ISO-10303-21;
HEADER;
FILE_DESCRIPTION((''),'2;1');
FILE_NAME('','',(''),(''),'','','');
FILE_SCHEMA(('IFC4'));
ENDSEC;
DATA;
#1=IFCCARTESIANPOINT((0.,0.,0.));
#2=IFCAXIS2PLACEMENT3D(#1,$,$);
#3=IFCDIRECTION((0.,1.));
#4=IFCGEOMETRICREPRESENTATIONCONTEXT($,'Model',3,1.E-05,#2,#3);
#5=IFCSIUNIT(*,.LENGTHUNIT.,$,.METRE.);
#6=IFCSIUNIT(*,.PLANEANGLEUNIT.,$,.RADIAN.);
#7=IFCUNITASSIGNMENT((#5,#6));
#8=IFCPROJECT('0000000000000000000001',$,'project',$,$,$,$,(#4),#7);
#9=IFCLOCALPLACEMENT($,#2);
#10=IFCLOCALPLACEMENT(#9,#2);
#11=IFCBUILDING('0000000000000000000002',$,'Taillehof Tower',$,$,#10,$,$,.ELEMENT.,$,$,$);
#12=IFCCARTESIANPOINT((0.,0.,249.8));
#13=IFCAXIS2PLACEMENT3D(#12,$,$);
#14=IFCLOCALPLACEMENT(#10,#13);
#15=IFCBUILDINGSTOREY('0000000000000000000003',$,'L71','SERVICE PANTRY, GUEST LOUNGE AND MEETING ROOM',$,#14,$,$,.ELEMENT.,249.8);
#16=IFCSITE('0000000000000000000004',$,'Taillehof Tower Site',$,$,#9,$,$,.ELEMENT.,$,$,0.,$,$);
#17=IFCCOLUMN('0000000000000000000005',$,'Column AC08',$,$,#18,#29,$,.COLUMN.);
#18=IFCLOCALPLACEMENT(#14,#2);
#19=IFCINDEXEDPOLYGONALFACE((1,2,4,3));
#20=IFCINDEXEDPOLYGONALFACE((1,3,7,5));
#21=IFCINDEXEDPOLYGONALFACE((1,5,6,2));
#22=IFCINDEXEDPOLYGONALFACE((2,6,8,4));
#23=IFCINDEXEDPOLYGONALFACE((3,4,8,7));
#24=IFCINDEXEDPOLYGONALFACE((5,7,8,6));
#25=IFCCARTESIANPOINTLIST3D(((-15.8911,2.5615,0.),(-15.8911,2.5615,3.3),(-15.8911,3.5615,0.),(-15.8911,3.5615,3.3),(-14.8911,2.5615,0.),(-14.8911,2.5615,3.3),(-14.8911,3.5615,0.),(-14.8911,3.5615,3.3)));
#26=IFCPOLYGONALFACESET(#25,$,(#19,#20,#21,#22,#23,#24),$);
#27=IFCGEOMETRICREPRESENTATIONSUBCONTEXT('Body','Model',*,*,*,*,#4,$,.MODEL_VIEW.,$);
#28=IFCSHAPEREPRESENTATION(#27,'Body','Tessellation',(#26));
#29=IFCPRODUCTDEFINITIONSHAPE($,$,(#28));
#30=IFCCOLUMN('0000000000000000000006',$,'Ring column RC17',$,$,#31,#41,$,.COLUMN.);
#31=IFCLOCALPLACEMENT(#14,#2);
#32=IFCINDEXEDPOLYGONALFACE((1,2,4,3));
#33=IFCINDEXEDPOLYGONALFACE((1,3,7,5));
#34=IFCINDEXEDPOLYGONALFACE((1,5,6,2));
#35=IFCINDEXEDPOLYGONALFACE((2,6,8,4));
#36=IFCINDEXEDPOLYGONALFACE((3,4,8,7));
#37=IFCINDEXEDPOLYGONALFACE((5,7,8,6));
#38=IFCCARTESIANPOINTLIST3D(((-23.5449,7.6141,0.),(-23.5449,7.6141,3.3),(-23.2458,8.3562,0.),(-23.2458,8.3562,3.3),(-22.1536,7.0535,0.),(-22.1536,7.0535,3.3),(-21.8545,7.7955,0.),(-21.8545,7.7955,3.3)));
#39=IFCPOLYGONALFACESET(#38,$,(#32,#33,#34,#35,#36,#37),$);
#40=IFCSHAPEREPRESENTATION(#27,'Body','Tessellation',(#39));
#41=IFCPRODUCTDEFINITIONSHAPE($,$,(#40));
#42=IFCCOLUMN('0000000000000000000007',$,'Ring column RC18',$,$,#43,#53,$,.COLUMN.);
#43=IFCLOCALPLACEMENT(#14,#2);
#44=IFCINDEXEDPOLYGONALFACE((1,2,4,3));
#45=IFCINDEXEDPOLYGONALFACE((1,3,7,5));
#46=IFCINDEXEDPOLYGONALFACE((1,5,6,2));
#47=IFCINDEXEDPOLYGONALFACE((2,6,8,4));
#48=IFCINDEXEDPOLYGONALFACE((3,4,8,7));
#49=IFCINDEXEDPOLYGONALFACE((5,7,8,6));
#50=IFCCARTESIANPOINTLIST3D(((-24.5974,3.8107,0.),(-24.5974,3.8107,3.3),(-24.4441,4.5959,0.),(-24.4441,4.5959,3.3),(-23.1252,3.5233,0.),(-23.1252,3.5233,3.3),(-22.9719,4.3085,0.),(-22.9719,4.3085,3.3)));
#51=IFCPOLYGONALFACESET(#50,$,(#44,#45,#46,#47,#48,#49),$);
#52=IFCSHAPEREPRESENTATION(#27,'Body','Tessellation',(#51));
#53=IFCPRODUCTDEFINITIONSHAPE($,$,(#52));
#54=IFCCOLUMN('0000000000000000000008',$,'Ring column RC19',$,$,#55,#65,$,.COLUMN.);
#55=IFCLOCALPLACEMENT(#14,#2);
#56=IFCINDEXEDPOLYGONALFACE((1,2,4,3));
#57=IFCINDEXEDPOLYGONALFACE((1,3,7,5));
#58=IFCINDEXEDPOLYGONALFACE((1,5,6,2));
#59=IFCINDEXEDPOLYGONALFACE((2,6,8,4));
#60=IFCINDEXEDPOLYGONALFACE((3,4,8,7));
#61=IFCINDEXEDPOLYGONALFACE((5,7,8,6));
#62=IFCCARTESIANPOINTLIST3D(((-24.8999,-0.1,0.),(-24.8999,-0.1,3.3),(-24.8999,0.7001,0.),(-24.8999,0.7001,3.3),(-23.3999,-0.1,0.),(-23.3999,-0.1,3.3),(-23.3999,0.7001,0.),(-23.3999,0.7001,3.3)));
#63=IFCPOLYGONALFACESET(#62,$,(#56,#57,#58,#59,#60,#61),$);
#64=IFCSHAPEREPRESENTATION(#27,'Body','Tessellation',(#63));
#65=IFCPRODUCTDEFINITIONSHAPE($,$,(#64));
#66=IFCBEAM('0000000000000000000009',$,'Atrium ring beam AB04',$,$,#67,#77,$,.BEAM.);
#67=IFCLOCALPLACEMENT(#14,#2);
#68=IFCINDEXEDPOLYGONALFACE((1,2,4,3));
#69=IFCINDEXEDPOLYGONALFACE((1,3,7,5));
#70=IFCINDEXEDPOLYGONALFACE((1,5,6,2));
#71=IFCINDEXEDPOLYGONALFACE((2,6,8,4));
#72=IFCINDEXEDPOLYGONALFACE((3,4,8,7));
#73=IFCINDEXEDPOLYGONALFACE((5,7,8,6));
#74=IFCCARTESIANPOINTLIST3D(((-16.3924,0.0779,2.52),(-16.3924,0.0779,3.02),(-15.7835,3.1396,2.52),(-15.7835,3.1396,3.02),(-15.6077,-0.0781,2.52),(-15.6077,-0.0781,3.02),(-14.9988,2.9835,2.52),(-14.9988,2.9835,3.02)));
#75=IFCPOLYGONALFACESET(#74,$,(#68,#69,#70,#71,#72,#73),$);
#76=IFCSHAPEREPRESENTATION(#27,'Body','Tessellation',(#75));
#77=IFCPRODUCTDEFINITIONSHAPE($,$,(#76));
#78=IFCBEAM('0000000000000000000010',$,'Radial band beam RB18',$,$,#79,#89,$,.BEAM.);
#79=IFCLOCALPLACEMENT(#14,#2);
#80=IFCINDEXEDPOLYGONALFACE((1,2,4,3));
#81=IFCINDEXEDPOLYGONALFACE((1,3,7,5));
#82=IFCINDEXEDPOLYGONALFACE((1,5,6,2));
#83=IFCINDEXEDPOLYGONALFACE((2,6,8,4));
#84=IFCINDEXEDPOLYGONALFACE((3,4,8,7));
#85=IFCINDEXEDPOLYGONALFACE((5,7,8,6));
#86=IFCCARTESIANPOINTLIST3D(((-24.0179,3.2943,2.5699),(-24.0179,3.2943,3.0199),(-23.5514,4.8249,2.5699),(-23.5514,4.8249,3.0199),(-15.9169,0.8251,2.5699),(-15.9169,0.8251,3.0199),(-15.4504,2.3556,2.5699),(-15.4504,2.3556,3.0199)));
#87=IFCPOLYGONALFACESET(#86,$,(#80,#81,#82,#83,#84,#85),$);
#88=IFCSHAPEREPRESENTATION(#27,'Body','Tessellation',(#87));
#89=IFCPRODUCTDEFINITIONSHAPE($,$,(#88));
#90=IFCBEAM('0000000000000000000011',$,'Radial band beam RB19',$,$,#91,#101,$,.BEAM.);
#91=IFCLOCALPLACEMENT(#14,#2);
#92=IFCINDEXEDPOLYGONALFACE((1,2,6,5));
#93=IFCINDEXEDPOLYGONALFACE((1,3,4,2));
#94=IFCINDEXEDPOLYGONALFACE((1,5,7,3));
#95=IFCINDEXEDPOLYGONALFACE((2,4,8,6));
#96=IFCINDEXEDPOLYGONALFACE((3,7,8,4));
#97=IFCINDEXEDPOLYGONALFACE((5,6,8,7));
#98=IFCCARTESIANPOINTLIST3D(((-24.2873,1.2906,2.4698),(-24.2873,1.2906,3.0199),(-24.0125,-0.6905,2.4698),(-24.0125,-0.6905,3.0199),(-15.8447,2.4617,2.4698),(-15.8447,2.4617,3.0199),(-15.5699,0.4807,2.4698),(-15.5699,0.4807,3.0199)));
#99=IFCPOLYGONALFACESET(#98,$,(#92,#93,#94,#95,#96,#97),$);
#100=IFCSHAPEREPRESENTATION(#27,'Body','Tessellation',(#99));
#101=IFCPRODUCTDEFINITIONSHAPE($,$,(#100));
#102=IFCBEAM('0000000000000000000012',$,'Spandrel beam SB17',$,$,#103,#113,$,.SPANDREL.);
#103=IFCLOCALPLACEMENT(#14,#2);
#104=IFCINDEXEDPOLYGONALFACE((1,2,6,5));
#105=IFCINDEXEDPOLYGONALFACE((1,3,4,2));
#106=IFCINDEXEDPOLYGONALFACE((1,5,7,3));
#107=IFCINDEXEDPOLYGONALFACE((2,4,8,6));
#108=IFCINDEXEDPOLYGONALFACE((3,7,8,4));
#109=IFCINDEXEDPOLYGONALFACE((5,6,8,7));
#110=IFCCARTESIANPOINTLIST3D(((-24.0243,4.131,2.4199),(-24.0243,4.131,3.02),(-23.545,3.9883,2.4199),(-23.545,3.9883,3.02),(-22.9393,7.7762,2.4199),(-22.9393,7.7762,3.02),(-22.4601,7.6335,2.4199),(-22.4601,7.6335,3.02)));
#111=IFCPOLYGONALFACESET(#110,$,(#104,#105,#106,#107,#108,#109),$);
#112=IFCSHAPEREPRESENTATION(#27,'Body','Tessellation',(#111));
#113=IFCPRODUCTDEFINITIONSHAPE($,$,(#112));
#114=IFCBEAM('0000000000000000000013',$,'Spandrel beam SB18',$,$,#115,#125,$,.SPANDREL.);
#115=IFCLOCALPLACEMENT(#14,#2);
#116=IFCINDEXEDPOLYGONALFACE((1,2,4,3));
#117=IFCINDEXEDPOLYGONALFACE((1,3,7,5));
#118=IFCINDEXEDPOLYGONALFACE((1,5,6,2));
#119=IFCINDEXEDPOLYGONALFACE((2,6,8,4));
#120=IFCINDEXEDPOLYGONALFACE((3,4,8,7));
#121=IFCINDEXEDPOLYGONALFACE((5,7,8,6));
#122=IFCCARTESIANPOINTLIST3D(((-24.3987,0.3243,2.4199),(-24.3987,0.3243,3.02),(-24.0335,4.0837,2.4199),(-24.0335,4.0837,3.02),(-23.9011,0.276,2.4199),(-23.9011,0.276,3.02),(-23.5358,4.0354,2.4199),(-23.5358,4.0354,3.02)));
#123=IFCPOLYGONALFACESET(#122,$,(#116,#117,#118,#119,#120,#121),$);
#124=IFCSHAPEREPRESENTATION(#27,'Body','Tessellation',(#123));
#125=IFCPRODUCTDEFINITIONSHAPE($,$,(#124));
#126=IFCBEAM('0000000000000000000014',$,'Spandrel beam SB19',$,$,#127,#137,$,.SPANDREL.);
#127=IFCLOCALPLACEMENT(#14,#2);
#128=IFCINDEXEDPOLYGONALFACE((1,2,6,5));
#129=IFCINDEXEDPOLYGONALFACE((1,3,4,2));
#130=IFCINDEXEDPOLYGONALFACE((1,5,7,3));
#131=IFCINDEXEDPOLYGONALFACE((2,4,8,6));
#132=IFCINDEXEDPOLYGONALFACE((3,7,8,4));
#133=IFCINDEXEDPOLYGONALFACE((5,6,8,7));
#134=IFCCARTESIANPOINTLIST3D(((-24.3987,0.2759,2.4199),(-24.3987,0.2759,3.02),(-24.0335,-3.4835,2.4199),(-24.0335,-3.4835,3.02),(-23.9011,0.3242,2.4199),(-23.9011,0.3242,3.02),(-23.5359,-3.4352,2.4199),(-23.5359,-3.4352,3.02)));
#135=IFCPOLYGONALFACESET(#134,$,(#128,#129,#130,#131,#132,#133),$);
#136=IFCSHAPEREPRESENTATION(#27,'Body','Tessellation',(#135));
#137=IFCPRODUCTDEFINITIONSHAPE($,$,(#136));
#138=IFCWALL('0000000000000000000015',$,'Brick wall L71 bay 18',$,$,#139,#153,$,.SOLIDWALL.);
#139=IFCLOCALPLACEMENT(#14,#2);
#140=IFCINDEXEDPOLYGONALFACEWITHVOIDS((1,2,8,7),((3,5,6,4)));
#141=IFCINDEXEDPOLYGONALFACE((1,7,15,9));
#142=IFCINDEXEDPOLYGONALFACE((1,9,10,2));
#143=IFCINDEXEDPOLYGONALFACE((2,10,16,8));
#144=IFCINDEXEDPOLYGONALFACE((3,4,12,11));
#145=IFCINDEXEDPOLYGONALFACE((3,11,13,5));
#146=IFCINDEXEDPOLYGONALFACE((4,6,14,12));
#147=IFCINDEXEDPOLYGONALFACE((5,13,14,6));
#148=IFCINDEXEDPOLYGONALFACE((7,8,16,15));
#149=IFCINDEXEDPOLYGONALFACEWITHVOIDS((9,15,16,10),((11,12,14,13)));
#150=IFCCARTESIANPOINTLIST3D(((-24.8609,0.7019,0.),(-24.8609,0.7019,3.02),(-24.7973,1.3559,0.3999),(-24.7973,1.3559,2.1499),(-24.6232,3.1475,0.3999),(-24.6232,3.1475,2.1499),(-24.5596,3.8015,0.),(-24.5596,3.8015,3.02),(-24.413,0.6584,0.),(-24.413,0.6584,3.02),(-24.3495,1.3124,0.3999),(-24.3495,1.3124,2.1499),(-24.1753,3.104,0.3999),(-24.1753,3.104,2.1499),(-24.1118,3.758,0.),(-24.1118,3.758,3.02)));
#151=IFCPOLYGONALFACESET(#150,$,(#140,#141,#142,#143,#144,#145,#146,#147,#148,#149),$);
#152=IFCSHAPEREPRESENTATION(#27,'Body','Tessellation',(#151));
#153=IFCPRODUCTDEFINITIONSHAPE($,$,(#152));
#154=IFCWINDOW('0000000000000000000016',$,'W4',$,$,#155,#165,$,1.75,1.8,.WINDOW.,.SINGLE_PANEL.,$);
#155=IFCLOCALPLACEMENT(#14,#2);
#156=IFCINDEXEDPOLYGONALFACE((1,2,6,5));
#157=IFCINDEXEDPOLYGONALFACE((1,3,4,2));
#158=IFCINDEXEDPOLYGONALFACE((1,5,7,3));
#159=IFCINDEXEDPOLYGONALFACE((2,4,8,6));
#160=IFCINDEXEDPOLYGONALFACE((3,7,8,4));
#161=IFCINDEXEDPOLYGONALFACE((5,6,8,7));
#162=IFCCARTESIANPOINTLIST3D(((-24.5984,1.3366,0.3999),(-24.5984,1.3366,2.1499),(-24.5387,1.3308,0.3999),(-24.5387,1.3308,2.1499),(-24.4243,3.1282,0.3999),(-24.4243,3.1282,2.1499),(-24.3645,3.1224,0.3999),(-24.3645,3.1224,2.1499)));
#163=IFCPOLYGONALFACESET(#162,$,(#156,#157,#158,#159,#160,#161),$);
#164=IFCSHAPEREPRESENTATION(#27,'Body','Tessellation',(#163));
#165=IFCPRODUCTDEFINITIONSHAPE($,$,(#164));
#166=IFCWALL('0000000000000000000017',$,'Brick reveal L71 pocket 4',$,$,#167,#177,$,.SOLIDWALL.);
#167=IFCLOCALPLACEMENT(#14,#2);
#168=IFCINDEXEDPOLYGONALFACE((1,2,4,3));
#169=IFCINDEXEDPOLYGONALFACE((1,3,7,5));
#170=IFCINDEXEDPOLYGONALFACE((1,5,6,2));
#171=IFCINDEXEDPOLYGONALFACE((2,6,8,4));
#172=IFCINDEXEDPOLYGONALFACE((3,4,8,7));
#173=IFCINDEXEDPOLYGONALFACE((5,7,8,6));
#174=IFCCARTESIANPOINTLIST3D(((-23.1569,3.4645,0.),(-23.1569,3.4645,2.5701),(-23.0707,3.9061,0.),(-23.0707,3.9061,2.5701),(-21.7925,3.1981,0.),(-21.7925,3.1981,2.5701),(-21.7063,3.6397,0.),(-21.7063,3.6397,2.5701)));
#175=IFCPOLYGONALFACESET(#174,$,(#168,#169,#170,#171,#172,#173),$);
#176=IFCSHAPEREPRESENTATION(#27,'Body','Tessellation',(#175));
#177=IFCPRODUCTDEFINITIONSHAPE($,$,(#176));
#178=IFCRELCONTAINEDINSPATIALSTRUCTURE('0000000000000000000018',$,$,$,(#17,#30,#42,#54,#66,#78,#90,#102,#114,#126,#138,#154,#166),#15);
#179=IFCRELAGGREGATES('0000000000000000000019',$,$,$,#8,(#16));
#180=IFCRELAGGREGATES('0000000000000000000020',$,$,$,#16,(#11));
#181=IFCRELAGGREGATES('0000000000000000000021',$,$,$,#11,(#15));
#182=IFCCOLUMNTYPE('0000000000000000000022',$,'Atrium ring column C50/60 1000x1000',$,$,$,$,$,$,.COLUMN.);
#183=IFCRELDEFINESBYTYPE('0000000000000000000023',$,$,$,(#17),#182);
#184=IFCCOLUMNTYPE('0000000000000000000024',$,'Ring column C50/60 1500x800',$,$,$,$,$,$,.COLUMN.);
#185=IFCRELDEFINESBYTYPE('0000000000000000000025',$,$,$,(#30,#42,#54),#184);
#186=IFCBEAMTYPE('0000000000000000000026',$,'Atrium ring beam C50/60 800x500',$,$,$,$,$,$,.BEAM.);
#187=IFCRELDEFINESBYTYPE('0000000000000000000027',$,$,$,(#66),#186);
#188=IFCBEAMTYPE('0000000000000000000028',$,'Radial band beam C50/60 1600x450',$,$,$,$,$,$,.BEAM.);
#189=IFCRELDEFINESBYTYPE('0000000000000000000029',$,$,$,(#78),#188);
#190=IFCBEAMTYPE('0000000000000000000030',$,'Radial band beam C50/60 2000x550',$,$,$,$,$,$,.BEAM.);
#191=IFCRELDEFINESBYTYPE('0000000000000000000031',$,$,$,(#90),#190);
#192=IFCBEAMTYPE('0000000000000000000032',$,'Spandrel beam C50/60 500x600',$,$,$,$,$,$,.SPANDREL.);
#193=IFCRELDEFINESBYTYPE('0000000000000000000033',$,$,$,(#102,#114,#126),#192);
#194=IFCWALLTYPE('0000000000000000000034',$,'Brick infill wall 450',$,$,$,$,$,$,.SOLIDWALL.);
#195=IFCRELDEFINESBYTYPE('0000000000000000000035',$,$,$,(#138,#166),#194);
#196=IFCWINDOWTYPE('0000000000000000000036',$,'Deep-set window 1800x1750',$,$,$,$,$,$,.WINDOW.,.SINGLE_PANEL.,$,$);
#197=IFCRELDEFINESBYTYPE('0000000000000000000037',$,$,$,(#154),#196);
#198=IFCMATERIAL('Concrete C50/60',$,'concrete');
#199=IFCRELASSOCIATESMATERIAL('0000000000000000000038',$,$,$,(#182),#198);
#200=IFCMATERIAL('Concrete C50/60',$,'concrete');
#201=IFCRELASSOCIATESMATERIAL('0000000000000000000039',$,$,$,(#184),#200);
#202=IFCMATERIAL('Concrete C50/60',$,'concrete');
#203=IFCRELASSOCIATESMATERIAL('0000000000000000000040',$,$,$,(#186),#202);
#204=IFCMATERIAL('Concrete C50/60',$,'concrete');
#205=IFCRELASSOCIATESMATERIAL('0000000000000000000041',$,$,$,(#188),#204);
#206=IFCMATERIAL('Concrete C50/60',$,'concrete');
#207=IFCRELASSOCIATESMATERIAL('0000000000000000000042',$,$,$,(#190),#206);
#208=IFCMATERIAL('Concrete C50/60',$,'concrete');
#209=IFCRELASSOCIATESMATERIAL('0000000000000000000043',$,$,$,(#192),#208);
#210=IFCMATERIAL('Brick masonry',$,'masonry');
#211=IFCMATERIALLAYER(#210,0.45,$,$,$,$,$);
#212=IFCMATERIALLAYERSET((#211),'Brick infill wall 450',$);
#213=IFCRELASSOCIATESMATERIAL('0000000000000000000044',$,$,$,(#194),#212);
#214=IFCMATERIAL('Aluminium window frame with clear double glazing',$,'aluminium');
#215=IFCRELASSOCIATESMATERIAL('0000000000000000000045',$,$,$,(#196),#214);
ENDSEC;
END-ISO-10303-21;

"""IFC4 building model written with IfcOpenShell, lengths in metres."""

from ifc_helpers import new_model, si_unit, direction, frame, frame_2d, origin, origin_2d, place, context, subcontext, project, spatial, rectangle, extrude, material, layer, layer_set, material_profile, profile_set, type_object, element, fill, save


model = new_model("IFC4")

# Units and contexts
model_context = context("Model", 3, precision=1e-05, world=origin(), true_north=direction((0.0, 1.0)))
body_context = subcontext(model_context, "Body", "Model", "MODEL_VIEW")
ifc_project = project(units=[si_unit("LENGTHUNIT", "METRE"), si_unit("PLANEANGLEUNIT", "RADIAN")], contexts=[model_context])

# Site, building, storey
site_placement = place(None, origin())
site = spatial("IfcSite", under=ifc_project, at=site_placement, Name="Taillehof Tower Site", CompositionType="ELEMENT", RefElevation=0.0)
building_placement = place(site_placement, origin())
building = spatial("IfcBuilding", under=site, at=building_placement, Name="Taillehof Tower", CompositionType="ELEMENT")
storey_placement = place(building_placement, frame((0.0, 0.0, 249.8)))
storey = spatial("IfcBuildingStorey", under=building, at=storey_placement, Name="L71", Description="SERVICE PANTRY, GUEST LOUNGE AND MEETING ROOM", CompositionType="ELEMENT", Elevation=249.8)

# Columns
ifc_material_1 = material(Name="Concrete C50/60", Category="concrete")
ifc_material_profile_1 = material_profile(ifc_material_1, rectangle(XDim=1.0, YDim=1.0, at=origin_2d()), Name="RC 1000x1000")
ifc_profile_set_1 = profile_set([ifc_material_profile_1], Name="Concrete C50/60")
column_type_1 = type_object("IfcColumnType", Name="Atrium ring column C50/60 1000x1000", PredefinedType="COLUMN", material=ifc_profile_set_1)
column_placement = place(storey_placement, frame((-15.3911, 3.0615, 0.0), z_axis=(0.0, 0.0, 1.0), x_axis=(1.0, 0.0, 0.0)))
element("IfcColumn", 1, at=column_placement, inside=storey, type_object=column_type_1, Name="Column AC08", PredefinedType="COLUMN", context=body_context, shape_type="SweptSolid", body=[
    extrude(rectangle(XDim=1.0, YDim=1.0, at=origin_2d()), origin(), (0.0, 0.0, 1.0), 3.3),
])
ifc_material_2 = material(Name="Concrete C50/60", Category="concrete")
ifc_material_profile_2 = material_profile(ifc_material_2, rectangle(XDim=1.5, YDim=0.8, at=origin_2d()), Name="RC 1500x800")
ifc_profile_set_2 = profile_set([ifc_material_profile_2], Name="Concrete C50/60")
column_type_2 = type_object("IfcColumnType", Name="Ring column C50/60 1500x800", PredefinedType="COLUMN", material=ifc_profile_set_2)
for number, where, z_axis, x_axis, name in (
    (2, (-22.6997, 7.7048, 0.0), (0.0, 0.0, 1.0), (-0.927525, 0.373762, 0.0), "Ring column RC17"),
    (3, (-23.7847, 4.0596, 0.0), (0.0, 0.0, 1.0), (-0.981473, 0.191602, 0.0), "Ring column RC18"),
    (4, (-24.1499, 0.3, 0.0), (0.0, 0.0, 1.0), (-1.0, 0.0, 0.0), "Ring column RC19"),
):
    element("IfcColumn", number, at=place(storey_placement, frame(where, z_axis=z_axis, x_axis=x_axis)), inside=storey, type_object=column_type_2, Name=name, PredefinedType="COLUMN", context=body_context, shape_type="SweptSolid", body=[
        extrude(rectangle(XDim=1.5, YDim=0.8, at=origin_2d()), origin(), (0.0, 0.0, 1.0), 3.3),
    ])

# Beams
ifc_material_3 = material(Name="Concrete C50/60", Category="concrete")
ifc_material_profile_3 = material_profile(ifc_material_3, rectangle(XDim=0.8, YDim=0.5, at=origin_2d()), Name="RC 800x500")
ifc_profile_set_3 = profile_set([ifc_material_profile_3], Name="Concrete C50/60")
beam_type_1 = type_object("IfcBeamType", Name="Atrium ring beam C50/60 800x500", PredefinedType="BEAM", material=ifc_profile_set_3)
beam_1_placement = place(storey_placement, frame((-15.3911, 3.0615, 2.77), z_axis=(-0.195063, -0.980791, 0.0), x_axis=(0.980791, -0.195063, 0.0)))
element("IfcBeam", 5, at=beam_1_placement, inside=storey, type_object=beam_type_1, Name="Atrium ring beam AB04", PredefinedType="BEAM", context=body_context, shape_type="SweptSolid", body=[
    extrude(rectangle(XDim=0.8, YDim=0.5, at=origin_2d()), origin(), (0.0, 0.0, 1.0), 3.1216),
])
ifc_material_4 = material(Name="Concrete C50/60", Category="concrete")
ifc_material_profile_4 = material_profile(ifc_material_4, rectangle(XDim=1.6001, YDim=0.45, at=origin_2d()), Name="RC 1600x450")
ifc_profile_set_4 = profile_set([ifc_material_profile_4], Name="Concrete C50/60")
beam_type_2 = type_object("IfcBeamType", Name="Radial band beam C50/60 1600x450", PredefinedType="BEAM", material=ifc_profile_set_4)
beam_2_placement = place(storey_placement, frame((-23.7847, 4.0596, 2.7949), z_axis=(0.956552, -0.291561, 0.0), x_axis=(0.291561, 0.956552, 0.0)))
element("IfcBeam", 6, at=beam_2_placement, inside=storey, type_object=beam_type_2, Name="Radial band beam RB18", PredefinedType="BEAM", context=body_context, shape_type="SweptSolid", body=[
    extrude(rectangle(XDim=1.6001, YDim=0.45, at=origin_2d()), origin(), (0.0, 0.0, 1.0), 8.469),
])
ifc_material_5 = material(Name="Concrete C50/60", Category="concrete")
ifc_material_profile_5 = material_profile(ifc_material_5, rectangle(XDim=2.0, YDim=0.55, at=origin_2d()), Name="RC 2000x550")
ifc_profile_set_5 = profile_set([ifc_material_profile_5], Name="Concrete C50/60")
beam_type_3 = type_object("IfcBeamType", Name="Radial band beam C50/60 2000x550", PredefinedType="BEAM", material=ifc_profile_set_5)
beam_3_placement = place(storey_placement, frame((-24.1499, 0.3, 2.7449), z_axis=(0.990515, 0.137402, 0.0), x_axis=(-0.137402, 0.990515, 0.0)))
element("IfcBeam", 7, at=beam_3_placement, inside=storey, type_object=beam_type_3, Name="Radial band beam RB19", PredefinedType="BEAM", context=body_context, shape_type="SweptSolid", body=[
    extrude(rectangle(XDim=2.0, YDim=0.55, at=origin_2d()), origin(), (0.0, 0.0, 1.0), 8.5234),
])
ifc_material_6 = material(Name="Concrete C50/60", Category="concrete")
ifc_material_profile_6 = material_profile(ifc_material_6, rectangle(XDim=0.5, YDim=0.6001, at=origin_2d()), Name="RC 500x600")
ifc_profile_set_6 = profile_set([ifc_material_profile_6], Name="Concrete C50/60")
beam_type_4 = type_object("IfcBeamType", Name="Spandrel beam C50/60 500x600", PredefinedType="SPANDREL", material=ifc_profile_set_6)
beam_4_placement = place(storey_placement, frame((-22.6997, 7.7048, 2.72), z_axis=(-0.285268, -0.958448, 0.0), x_axis=(0.958448, -0.285268, 0.0)))
element("IfcBeam", 8, at=beam_4_placement, inside=storey, type_object=beam_type_4, Name="Spandrel beam SB17", PredefinedType="SPANDREL", context=body_context, shape_type="SweptSolid", body=[
    extrude(rectangle(XDim=0.5, YDim=0.6001, at=origin_2d()), origin(), (0.0, 0.0, 1.0), 3.8032),
])
for number, where, z_axis, x_axis, name in (
    (9, (-23.7847, 4.0596, 2.72), (-0.096694, -0.995314, 0.0), (0.995314, -0.096694, 0.0), "Spandrel beam SB18"),
    (10, (-24.1499, 0.3, 2.72), (0.096694, -0.995314, 0.0), (0.995314, 0.096694, 0.0), "Spandrel beam SB19"),
):
    element("IfcBeam", number, at=place(storey_placement, frame(where, z_axis=z_axis, x_axis=x_axis)), inside=storey, type_object=beam_type_4, Name=name, PredefinedType="SPANDREL", context=body_context, shape_type="SweptSolid", body=[
        extrude(rectangle(XDim=0.5, YDim=0.6001, at=origin_2d()), origin(), (0.0, 0.0, 1.0), 3.7771),
    ])

# Wall, opening, window
ifc_material_7 = material(Name="Brick masonry", Category="masonry")
ifc_layer_1 = layer(ifc_material_7, 0.45)
ifc_layer_set_1 = layer_set([ifc_layer_1], Name="Brick infill wall 450")
wall_type_1 = type_object("IfcWallType", Name="Brick infill wall 450", PredefinedType="SOLIDWALL", material=ifc_layer_set_1)
wall_1_placement = place(storey_placement, frame((-24.3357, 3.7798, 0.0), z_axis=(0.0, 0.0, 1.0), x_axis=(-0.09674, -0.99531, 0.0)))
wall_1 = element("IfcWall", 11, at=wall_1_placement, inside=storey, type_object=wall_type_1, Name="Brick wall L71 bay 18", PredefinedType="SOLIDWALL", context=body_context, shape_type="SweptSolid", body=[
    extrude(rectangle(XDim=3.1143, YDim=0.45, at=frame_2d((1.5571, 0.0))), origin(), (0.0, 0.0, 1.0), 3.02),
])
opening_1_placement = place(wall_1_placement, frame((0.6572, 0.0, 0.3999)))
opening_1 = element("IfcOpeningElement", 12, at=opening_1_placement, cuts=wall_1, PredefinedType="OPENING", context=body_context, shape_type="SweptSolid", body=[
    extrude(rectangle(XDim=1.8, YDim=1.75, at=frame_2d((0.8999, 0.875))), frame((0.0, 0.2349, 0.0), z_axis=(0.0, -1.0, 0.0), x_axis=(1.0, 0.0, 0.0)), (0.0, 0.0, 1.0), 0.47),
])
ifc_material_8 = material(Name="Aluminium window frame with clear double glazing", Category="aluminium")
window_type_1 = type_object("IfcWindowType", Name="Deep-set window 1800x1750", PartitioningType="SINGLE_PANEL", PredefinedType="WINDOW", material=ifc_material_8)
window_1_placement = place(opening_1_placement, origin())
window_1 = element("IfcWindow", 13, at=window_1_placement, inside=storey, type_object=window_type_1, Name="W4", OverallHeight=1.75, OverallWidth=1.8, PartitioningType="SINGLE_PANEL", PredefinedType="WINDOW", context=body_context, shape_type="SweptSolid", body=[
    extrude(rectangle(XDim=1.8, YDim=1.75, at=frame_2d((0.8999, 0.875))), frame((0.0, 0.0349, 0.0), z_axis=(0.0, -1.0, 0.0), x_axis=(1.0, 0.0, 0.0)), (0.0, 0.0, 1.0), 0.0601),
])
fill(opening_1, window_1)

# Wall
wall_2_placement = place(storey_placement, frame((-23.1138, 3.6853, 0.0), z_axis=(0.0, 0.0, 1.0), x_axis=(0.981469, -0.191622, 0.0)))
element("IfcWall", 14, at=wall_2_placement, inside=storey, type_object=wall_type_1, Name="Brick reveal L71 pocket 4", PredefinedType="SOLIDWALL", context=body_context, shape_type="SweptSolid", body=[
    extrude(rectangle(XDim=1.3901, YDim=0.45, at=frame_2d((0.6951, 0.0))), origin(), (0.0, 0.0, 1.0), 2.5701),
])

save(model, "model.ifc")
